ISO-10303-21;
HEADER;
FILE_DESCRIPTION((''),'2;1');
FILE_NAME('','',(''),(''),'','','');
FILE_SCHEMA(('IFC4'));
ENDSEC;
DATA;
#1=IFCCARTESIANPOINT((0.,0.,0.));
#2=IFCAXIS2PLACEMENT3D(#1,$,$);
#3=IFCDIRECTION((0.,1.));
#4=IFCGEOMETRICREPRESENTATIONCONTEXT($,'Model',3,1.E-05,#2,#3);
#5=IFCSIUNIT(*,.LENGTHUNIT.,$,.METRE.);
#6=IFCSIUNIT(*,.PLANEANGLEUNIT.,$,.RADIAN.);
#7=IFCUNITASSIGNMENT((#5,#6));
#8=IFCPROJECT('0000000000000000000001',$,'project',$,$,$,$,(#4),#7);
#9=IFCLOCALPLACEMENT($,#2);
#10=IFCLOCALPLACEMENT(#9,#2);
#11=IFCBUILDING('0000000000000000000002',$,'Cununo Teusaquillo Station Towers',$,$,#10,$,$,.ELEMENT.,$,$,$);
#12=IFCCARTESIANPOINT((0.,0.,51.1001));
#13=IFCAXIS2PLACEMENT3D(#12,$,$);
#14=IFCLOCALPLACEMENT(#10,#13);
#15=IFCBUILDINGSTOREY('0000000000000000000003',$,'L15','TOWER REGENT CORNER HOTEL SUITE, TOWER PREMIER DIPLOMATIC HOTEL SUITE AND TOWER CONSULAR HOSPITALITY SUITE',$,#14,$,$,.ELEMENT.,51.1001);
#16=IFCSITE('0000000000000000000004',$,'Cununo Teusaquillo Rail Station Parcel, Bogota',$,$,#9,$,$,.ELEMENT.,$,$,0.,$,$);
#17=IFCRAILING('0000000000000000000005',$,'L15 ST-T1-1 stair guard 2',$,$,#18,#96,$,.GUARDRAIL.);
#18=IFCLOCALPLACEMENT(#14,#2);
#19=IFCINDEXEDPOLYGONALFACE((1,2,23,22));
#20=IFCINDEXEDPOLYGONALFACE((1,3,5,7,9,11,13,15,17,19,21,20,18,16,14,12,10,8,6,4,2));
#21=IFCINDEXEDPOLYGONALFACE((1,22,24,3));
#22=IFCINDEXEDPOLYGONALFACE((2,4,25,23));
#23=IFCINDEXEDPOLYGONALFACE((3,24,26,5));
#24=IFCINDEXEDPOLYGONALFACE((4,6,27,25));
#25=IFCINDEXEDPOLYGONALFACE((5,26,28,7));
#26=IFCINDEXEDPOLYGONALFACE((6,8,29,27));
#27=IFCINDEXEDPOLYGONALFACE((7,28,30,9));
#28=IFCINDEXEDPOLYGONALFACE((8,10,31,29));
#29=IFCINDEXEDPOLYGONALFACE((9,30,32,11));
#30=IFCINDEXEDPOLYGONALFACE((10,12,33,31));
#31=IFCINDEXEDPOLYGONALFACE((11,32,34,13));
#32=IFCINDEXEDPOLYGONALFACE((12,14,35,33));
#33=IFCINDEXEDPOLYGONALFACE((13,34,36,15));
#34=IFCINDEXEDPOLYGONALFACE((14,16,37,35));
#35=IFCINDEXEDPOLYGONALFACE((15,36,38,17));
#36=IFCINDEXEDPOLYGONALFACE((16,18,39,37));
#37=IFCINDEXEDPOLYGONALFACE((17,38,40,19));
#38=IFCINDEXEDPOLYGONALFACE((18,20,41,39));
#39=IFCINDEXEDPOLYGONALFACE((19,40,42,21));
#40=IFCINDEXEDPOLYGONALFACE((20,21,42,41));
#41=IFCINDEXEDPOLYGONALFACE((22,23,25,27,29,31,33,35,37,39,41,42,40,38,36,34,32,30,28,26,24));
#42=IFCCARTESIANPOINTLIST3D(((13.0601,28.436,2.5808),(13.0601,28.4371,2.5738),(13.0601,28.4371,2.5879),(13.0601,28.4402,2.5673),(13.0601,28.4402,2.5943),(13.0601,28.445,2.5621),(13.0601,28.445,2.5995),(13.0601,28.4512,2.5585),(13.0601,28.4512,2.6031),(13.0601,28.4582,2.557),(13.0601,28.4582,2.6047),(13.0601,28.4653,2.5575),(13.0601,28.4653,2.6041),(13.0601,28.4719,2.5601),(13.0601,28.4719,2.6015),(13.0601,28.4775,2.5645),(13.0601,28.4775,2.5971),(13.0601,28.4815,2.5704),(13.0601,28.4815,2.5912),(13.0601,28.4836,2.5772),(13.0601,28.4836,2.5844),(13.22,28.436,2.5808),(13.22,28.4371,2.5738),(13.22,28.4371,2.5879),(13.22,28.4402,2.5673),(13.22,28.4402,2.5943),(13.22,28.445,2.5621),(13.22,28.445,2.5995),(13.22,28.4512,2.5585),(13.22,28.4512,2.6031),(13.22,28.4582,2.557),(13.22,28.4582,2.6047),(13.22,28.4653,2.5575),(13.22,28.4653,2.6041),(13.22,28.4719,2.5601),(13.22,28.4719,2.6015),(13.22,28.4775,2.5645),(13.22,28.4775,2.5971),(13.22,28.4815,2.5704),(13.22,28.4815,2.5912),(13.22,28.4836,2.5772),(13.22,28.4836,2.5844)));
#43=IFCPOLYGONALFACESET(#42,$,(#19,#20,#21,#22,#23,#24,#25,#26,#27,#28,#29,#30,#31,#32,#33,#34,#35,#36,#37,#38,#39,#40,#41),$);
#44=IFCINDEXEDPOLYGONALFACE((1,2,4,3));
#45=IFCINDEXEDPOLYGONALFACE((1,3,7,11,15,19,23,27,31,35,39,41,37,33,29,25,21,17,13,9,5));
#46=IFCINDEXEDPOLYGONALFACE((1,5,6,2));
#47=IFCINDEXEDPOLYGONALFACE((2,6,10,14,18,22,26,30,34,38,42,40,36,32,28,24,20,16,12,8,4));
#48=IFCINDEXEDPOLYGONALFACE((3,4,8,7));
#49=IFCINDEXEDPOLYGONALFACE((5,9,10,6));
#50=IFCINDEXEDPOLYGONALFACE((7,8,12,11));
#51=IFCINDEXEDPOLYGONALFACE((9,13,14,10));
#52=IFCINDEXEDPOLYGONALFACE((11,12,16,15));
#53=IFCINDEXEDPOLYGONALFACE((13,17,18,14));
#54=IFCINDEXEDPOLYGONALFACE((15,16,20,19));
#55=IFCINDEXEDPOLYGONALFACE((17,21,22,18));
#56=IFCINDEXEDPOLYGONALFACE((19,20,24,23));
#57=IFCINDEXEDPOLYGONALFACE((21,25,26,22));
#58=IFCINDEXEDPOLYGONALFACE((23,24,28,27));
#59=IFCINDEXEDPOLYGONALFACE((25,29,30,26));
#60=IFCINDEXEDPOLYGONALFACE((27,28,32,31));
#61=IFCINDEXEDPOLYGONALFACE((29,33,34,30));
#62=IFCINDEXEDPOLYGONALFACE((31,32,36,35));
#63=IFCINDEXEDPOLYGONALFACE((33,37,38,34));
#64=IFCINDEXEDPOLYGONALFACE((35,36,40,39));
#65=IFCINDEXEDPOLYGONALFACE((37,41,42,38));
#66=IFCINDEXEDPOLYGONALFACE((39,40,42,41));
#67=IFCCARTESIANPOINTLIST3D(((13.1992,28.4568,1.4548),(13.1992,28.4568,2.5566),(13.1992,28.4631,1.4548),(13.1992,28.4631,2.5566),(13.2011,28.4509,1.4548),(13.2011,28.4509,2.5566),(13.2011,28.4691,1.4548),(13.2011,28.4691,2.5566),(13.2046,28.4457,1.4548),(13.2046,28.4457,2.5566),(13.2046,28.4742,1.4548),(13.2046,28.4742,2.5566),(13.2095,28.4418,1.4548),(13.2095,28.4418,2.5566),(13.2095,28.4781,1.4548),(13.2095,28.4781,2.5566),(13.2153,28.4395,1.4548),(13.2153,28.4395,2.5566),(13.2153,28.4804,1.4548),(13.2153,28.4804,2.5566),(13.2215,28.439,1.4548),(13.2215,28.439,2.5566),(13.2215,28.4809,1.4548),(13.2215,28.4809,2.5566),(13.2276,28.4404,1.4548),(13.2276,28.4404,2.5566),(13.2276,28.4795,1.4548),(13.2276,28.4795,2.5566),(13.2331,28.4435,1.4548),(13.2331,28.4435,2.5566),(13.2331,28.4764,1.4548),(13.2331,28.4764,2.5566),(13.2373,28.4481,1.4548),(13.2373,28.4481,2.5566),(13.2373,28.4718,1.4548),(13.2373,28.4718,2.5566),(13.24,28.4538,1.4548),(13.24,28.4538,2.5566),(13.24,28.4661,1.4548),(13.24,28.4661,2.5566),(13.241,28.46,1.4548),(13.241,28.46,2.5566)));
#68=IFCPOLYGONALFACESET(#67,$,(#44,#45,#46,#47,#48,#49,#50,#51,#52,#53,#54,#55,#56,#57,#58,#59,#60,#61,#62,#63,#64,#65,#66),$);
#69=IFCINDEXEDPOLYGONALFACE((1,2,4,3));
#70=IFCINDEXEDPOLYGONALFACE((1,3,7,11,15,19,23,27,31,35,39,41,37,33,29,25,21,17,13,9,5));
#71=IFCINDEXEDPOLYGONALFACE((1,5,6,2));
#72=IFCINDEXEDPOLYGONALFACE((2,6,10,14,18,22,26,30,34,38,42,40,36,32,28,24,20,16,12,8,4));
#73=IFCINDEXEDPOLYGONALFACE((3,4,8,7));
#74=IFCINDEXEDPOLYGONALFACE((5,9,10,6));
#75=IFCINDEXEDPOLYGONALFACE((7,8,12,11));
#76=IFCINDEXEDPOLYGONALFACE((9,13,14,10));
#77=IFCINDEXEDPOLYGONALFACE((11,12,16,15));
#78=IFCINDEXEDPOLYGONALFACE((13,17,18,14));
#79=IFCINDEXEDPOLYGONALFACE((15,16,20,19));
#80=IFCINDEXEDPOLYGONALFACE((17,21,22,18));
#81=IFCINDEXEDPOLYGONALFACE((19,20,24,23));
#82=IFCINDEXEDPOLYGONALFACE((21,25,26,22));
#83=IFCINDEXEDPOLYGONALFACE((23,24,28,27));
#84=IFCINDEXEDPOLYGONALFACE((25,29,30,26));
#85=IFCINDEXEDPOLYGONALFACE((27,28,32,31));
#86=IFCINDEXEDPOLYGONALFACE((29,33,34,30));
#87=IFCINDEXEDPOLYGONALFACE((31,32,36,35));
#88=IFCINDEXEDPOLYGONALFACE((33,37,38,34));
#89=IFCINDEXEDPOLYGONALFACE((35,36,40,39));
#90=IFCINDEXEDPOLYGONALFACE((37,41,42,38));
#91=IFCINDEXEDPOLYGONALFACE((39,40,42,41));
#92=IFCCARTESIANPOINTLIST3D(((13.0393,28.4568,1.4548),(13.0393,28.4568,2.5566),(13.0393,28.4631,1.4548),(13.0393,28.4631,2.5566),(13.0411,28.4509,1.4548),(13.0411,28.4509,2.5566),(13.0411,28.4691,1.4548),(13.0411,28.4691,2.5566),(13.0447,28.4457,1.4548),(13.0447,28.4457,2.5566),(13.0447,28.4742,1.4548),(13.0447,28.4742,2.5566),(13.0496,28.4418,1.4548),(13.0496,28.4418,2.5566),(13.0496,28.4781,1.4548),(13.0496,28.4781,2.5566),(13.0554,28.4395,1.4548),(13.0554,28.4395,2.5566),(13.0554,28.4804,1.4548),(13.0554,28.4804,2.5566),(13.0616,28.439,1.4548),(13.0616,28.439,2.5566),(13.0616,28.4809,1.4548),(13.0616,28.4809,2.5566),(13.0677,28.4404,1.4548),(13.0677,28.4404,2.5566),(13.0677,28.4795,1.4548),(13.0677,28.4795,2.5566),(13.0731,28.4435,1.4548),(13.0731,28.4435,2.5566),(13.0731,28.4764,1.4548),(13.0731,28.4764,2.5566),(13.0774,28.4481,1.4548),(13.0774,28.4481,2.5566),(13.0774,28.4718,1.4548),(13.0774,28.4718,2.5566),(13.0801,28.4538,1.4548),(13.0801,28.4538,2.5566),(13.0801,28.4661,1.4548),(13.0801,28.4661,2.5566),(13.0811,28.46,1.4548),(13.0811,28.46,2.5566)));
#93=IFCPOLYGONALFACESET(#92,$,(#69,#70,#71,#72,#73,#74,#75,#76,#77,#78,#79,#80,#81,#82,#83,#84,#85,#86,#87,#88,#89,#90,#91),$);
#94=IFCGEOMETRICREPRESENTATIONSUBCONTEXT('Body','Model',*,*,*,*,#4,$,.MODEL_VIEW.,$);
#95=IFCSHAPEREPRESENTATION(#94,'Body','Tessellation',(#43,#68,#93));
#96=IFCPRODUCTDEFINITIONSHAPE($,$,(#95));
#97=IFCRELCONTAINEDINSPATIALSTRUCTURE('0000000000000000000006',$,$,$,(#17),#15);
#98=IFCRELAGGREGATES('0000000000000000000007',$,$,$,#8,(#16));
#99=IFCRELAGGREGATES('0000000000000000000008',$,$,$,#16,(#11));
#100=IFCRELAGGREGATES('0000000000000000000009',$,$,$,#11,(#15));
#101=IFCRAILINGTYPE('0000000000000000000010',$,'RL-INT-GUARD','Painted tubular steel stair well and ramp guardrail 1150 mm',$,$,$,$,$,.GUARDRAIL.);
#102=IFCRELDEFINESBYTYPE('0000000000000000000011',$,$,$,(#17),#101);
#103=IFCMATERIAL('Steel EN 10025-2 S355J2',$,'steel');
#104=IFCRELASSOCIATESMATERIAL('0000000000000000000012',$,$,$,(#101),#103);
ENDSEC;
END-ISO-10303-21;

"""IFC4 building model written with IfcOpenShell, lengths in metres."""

from ifc_helpers import new_model, si_unit, direction, frame, origin, origin_2d, place, context, subcontext, project, spatial, circle, extrude, material, type_object, element, save


model = new_model("IFC4")

# Units and contexts
model_context = context("Model", 3, precision=1e-05, world=origin(), true_north=direction((0.0, 1.0)))
body_context = subcontext(model_context, "Body", "Model", "MODEL_VIEW")
ifc_project = project(units=[si_unit("LENGTHUNIT", "METRE"), si_unit("PLANEANGLEUNIT", "RADIAN")], contexts=[model_context])

# Site, building, storey
site_placement = place(None, origin())
site = spatial("IfcSite", under=ifc_project, at=site_placement, Name="Cununo Teusaquillo Rail Station Parcel, Bogota", CompositionType="ELEMENT", RefElevation=0.0)
building_placement = place(site_placement, origin())
building = spatial("IfcBuilding", under=site, at=building_placement, Name="Cununo Teusaquillo Station Towers", CompositionType="ELEMENT")
storey_placement = place(building_placement, frame((0.0, 0.0, 51.1001)))
storey = spatial("IfcBuildingStorey", under=building, at=storey_placement, Name="L15", Description="TOWER REGENT CORNER HOTEL SUITE, TOWER PREMIER DIPLOMATIC HOTEL SUITE AND TOWER CONSULAR HOSPITALITY SUITE", CompositionType="ELEMENT", Elevation=51.1001)

# Railing
ifc_material_1 = material(Name="Steel EN 10025-2 S355J2", Category="steel")
railing_type_1 = type_object("IfcRailingType", Name="RL-INT-GUARD", Description="Painted tubular steel stair well and ramp guardrail 1150 mm", PredefinedType="GUARDRAIL", material=ifc_material_1)
railing_1_placement = place(storey_placement, frame((13.22, 28.46, 1.4548)))
element("IfcRailing", 1, at=railing_1_placement, inside=storey, type_object=railing_type_1, Name="L15 ST-T1-1 stair guard 2", PredefinedType="GUARDRAIL", context=body_context, shape_type="SweptSolid", body=[
    extrude(circle(Radius=0.0239, at=origin_2d()), frame((0.0, 0.0, 1.126), z_axis=(-1.0, 0.0, 0.0), x_axis=(0.0, -1.0, 0.0)), (0.0, 0.0, 1.0), 0.1599),
    extrude(circle(Radius=0.021, at=origin_2d()), origin(), (0.0, 0.0, 1.0), 1.1018),
    extrude(circle(Radius=0.021, at=origin_2d()), frame((-0.1599, 0.0, 0.0)), (0.0, 0.0, 1.0), 1.1018),
])

save(model, "model.ifc")
